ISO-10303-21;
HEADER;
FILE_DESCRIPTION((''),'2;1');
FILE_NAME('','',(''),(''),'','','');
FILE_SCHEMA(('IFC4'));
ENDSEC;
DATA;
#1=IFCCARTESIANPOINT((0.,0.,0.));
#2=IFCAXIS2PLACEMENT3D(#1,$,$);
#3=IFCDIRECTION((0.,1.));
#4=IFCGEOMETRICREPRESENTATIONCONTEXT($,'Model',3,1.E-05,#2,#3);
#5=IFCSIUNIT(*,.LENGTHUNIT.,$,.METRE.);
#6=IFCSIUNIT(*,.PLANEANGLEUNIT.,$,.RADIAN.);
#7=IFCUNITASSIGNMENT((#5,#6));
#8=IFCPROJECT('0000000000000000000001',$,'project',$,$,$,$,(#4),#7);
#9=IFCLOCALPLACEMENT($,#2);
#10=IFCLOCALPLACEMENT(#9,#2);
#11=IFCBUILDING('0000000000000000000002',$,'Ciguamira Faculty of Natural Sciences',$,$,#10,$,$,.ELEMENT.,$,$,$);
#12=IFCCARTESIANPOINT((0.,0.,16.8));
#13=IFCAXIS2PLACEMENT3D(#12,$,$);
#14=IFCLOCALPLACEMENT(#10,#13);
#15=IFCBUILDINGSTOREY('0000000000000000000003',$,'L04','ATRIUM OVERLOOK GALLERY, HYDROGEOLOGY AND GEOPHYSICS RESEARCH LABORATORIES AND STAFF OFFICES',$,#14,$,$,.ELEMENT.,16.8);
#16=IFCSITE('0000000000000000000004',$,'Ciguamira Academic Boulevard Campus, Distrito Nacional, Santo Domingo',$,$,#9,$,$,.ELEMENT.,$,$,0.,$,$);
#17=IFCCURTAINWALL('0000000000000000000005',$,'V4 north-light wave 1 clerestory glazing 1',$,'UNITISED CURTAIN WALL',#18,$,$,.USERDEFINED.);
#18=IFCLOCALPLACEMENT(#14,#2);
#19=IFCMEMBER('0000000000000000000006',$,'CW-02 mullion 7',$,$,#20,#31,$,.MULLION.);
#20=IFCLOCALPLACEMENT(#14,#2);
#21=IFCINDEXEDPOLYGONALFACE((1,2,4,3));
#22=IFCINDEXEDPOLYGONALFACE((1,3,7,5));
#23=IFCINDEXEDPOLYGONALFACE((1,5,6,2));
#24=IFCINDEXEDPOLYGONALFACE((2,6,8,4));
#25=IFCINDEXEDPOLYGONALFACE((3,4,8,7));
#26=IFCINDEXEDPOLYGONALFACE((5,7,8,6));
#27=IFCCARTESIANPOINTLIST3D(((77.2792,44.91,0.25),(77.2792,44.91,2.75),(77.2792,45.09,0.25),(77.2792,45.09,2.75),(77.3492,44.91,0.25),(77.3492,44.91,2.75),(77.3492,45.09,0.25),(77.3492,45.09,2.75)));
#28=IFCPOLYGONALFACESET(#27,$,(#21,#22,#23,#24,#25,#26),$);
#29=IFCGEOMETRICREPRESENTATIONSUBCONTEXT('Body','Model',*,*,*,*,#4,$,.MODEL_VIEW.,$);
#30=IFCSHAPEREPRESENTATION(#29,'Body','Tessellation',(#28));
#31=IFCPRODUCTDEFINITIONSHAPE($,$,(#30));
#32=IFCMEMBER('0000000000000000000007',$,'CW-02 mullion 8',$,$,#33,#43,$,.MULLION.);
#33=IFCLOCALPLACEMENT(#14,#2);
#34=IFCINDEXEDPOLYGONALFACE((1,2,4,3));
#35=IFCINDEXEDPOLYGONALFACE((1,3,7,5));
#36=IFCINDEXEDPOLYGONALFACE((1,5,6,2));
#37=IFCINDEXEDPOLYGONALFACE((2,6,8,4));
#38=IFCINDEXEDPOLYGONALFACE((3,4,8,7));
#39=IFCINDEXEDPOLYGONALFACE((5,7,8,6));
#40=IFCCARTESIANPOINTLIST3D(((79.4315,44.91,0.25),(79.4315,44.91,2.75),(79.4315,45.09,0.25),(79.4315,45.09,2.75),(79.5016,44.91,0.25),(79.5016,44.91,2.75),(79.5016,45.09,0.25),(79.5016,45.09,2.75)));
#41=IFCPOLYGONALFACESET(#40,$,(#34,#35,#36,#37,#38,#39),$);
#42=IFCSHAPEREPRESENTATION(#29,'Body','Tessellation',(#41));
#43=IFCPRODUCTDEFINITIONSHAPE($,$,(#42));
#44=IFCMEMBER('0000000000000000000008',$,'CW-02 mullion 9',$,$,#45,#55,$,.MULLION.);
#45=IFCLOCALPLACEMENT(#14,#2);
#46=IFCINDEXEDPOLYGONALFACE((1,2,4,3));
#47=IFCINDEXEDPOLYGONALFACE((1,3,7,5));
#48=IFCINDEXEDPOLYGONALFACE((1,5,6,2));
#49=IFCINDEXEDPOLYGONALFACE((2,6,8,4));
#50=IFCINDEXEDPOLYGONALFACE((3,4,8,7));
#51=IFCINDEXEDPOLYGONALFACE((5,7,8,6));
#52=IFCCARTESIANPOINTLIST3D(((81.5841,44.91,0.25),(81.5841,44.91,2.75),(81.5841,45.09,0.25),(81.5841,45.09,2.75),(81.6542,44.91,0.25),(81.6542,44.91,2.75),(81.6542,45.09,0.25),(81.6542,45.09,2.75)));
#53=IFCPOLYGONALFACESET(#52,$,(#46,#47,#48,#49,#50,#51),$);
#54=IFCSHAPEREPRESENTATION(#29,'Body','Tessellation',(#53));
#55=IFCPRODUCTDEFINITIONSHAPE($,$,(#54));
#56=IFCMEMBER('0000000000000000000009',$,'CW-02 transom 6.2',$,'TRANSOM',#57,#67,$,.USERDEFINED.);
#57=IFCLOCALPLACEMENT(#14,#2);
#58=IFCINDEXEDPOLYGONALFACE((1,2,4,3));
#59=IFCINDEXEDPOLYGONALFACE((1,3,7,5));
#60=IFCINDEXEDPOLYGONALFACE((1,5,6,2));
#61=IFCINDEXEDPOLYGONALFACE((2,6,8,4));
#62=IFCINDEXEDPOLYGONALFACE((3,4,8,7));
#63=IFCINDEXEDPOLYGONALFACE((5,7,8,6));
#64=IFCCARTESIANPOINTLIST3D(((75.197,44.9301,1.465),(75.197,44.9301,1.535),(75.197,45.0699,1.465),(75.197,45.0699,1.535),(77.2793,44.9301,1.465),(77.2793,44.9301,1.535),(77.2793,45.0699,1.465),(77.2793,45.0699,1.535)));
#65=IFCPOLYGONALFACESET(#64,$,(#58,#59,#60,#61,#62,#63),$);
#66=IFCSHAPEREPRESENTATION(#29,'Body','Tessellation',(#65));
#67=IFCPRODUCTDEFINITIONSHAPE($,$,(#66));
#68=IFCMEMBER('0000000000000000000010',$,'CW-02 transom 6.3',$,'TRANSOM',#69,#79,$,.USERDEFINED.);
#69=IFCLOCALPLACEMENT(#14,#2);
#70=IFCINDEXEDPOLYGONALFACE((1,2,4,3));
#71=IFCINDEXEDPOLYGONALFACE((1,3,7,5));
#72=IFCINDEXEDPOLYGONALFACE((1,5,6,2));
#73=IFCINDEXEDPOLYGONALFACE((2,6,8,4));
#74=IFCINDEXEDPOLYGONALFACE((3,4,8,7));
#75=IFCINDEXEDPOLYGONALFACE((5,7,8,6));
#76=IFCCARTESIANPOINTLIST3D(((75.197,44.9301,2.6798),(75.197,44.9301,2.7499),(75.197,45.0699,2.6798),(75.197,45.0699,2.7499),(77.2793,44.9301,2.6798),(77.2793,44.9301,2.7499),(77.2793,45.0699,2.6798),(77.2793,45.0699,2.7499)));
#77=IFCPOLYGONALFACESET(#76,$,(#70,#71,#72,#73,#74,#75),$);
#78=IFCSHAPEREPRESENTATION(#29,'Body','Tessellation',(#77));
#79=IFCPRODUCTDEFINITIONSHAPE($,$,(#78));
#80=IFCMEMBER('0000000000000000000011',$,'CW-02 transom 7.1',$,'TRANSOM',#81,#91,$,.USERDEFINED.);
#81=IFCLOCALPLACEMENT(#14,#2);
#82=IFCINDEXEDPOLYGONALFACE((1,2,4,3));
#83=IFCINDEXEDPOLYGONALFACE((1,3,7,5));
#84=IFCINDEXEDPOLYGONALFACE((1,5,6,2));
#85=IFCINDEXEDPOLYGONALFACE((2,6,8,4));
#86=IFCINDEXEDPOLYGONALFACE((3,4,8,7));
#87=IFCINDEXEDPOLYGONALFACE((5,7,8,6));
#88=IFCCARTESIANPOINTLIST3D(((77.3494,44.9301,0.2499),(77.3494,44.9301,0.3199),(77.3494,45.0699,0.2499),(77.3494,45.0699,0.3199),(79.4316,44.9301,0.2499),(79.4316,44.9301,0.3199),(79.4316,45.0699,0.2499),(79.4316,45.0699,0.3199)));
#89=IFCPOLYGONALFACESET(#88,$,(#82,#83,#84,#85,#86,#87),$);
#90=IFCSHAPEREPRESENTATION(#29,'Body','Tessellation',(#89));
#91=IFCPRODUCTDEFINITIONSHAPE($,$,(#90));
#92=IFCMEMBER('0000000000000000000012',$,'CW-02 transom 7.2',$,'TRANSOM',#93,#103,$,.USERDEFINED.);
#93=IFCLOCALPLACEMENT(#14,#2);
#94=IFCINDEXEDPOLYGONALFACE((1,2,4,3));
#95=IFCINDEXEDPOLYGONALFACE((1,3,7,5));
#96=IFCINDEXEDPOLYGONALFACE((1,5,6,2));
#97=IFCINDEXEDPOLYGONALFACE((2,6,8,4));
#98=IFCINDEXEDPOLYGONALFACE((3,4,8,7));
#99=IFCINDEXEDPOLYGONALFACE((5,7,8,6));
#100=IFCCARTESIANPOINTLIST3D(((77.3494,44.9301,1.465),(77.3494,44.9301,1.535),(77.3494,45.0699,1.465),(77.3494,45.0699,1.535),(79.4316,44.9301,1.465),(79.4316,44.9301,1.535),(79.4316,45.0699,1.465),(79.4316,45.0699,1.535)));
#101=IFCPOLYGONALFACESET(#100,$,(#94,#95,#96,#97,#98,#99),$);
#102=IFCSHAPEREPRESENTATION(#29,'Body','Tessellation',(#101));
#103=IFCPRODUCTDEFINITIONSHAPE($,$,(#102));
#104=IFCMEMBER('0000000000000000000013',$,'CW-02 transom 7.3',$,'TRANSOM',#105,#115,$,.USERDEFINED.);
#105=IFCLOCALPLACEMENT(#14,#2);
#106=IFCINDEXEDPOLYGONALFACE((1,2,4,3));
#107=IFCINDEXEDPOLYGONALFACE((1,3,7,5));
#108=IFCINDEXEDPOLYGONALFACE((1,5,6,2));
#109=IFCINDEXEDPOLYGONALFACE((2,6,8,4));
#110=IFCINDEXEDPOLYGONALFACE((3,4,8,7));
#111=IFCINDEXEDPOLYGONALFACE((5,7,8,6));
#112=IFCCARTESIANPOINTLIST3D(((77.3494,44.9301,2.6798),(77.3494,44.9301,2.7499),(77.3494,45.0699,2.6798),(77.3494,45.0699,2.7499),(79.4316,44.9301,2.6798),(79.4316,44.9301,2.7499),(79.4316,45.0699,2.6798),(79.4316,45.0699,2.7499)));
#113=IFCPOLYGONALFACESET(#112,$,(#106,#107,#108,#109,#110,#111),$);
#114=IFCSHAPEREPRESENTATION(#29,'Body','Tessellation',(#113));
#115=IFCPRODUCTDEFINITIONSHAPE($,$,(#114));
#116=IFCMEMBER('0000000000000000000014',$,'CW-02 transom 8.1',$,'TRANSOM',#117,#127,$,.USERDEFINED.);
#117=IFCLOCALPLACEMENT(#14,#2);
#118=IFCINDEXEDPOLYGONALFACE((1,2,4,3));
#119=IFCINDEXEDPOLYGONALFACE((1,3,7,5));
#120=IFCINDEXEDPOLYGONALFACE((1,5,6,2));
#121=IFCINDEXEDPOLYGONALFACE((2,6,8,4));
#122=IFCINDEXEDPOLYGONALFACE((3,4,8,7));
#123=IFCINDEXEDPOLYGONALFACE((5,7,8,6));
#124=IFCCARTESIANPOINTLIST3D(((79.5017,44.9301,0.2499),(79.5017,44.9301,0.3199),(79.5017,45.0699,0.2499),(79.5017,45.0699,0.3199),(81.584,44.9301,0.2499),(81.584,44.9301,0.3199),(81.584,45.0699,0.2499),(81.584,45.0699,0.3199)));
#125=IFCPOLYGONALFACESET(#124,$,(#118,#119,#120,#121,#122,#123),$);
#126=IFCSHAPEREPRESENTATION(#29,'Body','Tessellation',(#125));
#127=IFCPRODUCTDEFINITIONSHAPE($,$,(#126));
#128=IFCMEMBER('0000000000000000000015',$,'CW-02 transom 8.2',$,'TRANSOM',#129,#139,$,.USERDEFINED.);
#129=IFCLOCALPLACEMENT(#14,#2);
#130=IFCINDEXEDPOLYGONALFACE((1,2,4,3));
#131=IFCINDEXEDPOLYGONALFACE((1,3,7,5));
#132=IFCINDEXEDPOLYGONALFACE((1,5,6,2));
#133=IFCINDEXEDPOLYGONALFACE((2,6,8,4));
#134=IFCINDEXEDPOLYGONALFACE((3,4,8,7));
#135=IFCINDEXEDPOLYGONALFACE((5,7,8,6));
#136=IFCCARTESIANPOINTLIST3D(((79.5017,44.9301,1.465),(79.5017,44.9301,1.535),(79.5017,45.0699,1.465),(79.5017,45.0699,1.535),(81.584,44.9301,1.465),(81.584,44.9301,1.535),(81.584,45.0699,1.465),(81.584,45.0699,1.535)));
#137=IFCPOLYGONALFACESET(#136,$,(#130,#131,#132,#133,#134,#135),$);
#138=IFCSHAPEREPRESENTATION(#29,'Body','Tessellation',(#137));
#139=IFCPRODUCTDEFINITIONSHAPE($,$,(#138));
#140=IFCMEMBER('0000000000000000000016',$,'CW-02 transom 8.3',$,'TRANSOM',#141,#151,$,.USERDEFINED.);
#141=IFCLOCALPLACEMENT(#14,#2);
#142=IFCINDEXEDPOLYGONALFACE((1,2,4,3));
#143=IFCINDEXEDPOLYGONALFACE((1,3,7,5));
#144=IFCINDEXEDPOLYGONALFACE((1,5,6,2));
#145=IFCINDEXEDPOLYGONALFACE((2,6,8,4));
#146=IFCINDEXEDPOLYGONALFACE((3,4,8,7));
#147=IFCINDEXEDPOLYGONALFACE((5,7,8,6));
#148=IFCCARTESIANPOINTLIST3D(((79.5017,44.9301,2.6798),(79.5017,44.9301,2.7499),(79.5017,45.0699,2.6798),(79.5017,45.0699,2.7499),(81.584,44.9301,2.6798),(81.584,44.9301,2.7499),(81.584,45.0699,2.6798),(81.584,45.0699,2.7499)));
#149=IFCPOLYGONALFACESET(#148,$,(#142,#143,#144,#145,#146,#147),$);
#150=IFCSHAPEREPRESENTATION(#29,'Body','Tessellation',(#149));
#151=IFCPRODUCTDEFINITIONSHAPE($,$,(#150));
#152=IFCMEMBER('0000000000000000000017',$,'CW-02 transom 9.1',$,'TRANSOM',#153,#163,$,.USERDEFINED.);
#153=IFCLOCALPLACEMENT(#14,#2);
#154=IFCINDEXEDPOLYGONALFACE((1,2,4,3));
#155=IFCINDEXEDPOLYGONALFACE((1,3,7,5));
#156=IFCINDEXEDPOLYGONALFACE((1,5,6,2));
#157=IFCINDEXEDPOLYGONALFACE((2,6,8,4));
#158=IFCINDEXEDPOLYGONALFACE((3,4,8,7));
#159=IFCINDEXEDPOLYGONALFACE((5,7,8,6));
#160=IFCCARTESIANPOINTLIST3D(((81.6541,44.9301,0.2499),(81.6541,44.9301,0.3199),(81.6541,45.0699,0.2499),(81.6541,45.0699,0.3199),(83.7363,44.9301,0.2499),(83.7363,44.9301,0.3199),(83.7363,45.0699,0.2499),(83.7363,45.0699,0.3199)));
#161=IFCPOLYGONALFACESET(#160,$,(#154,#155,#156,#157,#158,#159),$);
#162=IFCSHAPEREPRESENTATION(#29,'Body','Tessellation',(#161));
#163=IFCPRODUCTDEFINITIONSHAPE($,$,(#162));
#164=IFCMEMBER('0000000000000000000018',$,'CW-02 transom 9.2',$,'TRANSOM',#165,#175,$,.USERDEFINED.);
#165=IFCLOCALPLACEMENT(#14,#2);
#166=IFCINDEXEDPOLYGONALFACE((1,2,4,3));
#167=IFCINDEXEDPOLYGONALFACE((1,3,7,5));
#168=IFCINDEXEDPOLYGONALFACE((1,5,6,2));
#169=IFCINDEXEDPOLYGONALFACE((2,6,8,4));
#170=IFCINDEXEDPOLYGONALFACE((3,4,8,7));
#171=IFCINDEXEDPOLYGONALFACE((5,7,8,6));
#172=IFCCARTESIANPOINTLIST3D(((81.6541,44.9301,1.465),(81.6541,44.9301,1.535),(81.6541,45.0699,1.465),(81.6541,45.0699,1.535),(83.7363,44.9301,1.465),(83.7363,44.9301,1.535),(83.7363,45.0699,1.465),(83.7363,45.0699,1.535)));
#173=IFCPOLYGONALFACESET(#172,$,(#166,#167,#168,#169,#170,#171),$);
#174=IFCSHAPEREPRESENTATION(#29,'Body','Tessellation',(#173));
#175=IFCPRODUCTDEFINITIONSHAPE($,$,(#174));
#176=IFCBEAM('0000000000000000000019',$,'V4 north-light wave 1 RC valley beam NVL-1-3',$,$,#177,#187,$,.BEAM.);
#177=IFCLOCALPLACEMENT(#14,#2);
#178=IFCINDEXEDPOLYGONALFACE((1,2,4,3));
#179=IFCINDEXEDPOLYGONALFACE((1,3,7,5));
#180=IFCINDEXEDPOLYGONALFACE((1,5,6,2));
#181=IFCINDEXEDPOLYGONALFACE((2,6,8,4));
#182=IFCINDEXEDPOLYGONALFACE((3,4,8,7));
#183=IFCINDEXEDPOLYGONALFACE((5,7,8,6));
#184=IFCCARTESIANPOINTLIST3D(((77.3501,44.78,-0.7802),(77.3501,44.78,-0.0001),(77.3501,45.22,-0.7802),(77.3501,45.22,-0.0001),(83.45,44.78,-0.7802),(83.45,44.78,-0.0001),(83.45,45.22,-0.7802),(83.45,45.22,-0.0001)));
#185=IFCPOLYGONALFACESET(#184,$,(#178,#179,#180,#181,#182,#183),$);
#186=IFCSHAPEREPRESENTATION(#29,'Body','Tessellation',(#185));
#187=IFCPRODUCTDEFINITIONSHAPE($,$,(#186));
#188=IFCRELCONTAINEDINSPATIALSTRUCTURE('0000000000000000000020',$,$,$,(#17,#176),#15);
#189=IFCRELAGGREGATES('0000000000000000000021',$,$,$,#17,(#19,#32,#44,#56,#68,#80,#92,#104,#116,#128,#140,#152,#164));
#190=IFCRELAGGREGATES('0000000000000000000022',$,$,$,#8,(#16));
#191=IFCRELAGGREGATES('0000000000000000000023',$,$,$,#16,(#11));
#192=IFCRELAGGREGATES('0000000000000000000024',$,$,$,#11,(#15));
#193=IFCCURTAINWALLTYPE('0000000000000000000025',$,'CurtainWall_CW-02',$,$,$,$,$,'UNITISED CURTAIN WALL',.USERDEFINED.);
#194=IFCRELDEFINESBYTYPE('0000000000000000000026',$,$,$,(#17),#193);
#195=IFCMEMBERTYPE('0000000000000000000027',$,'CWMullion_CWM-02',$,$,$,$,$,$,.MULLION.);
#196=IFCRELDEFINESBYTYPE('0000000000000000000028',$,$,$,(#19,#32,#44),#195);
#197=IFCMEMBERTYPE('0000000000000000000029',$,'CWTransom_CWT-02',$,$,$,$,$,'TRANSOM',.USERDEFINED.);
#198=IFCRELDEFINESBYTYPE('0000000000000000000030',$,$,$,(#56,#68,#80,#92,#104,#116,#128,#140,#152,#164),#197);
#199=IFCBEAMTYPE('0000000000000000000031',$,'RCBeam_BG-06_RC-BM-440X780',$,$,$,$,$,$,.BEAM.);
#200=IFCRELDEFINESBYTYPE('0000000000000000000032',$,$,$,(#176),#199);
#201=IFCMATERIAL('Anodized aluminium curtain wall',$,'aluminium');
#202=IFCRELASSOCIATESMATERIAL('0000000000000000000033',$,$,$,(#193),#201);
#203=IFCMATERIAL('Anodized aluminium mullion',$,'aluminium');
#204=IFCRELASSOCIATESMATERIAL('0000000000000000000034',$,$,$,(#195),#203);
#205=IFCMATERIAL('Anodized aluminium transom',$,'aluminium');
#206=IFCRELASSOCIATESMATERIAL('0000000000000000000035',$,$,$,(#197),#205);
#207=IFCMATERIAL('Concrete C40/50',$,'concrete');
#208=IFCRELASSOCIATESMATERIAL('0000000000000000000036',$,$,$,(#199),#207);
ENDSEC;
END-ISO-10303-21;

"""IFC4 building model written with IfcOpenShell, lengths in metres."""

from ifc_helpers import new_model, si_unit, direction, frame, origin, origin_2d, place, context, subcontext, project, spatial, rectangle, extrude, material, material_profile, profile_set, type_object, element, aggregate, save


model = new_model("IFC4")

# Units and contexts
model_context = context("Model", 3, precision=1e-05, world=origin(), true_north=direction((0.0, 1.0)))
body_context = subcontext(model_context, "Body", "Model", "MODEL_VIEW")
ifc_project = project(units=[si_unit("LENGTHUNIT", "METRE"), si_unit("PLANEANGLEUNIT", "RADIAN")], contexts=[model_context])

# Site, building, storey
site_placement = place(None, origin())
site = spatial("IfcSite", under=ifc_project, at=site_placement, Name="Ciguamira Academic Boulevard Campus, Distrito Nacional, Santo Domingo", CompositionType="ELEMENT", RefElevation=0.0)
building_placement = place(site_placement, origin())
building = spatial("IfcBuilding", under=site, at=building_placement, Name="Ciguamira Faculty of Natural Sciences", CompositionType="ELEMENT")
storey_placement = place(building_placement, frame((0.0, 0.0, 16.8)))
storey = spatial("IfcBuildingStorey", under=building, at=storey_placement, Name="L04", Description="ATRIUM OVERLOOK GALLERY, HYDROGEOLOGY AND GEOPHYSICS RESEARCH LABORATORIES AND STAFF OFFICES", CompositionType="ELEMENT", Elevation=16.8)

# Curtain wall, members
ifc_material_1 = material(Name="Anodized aluminium curtain wall", Category="aluminium")
curtain_wall_type = type_object("IfcCurtainWallType", Name="CurtainWall_CW-02", ElementType="UNITISED CURTAIN WALL", PredefinedType="USERDEFINED", material=ifc_material_1)
curtain_wall_placement = place(storey_placement, origin())
curtain_wall = element("IfcCurtainWall", 1, at=curtain_wall_placement, inside=storey, type_object=curtain_wall_type, Name="V4 north-light wave 1 clerestory glazing 1", ObjectType="UNITISED CURTAIN WALL", PredefinedType="USERDEFINED")
ifc_material_2 = material(Name="Anodized aluminium mullion", Category="aluminium")
ifc_material_profile_1 = material_profile(ifc_material_2, rectangle(XDim=0.0701, YDim=0.1799, at=origin_2d()), Name="ALU-MUL-70X180")
ifc_profile_set_1 = profile_set([ifc_material_profile_1], Name="Anodized aluminium mullion")
member_type_1 = type_object("IfcMemberType", Name="CWMullion_CWM-02", PredefinedType="MULLION", material=ifc_profile_set_1)
member_1_placement = place(storey_placement, frame((77.3142, 45.0, 0.25), z_axis=(0.0, 0.0, 1.0), x_axis=(1.0, 0.0, 0.0)))
member_1 = element("IfcMember", 2, at=member_1_placement, type_object=member_type_1, Name="CW-02 mullion 7", PredefinedType="MULLION", context=body_context, shape_type="SweptSolid", body=[
    extrude(rectangle(XDim=0.0701, YDim=0.1799, at=origin_2d()), origin(), (0.0, 0.0, 1.0), 2.5),
])
member_2_placement = place(storey_placement, frame((79.4666, 45.0, 0.25), z_axis=(0.0, 0.0, 1.0), x_axis=(1.0, 0.0, 0.0)))
member_2 = element("IfcMember", 3, at=member_2_placement, type_object=member_type_1, Name="CW-02 mullion 8", PredefinedType="MULLION", context=body_context, shape_type="SweptSolid", body=[
    extrude(rectangle(XDim=0.0701, YDim=0.1799, at=origin_2d()), origin(), (0.0, 0.0, 1.0), 2.5),
])
member_3_placement = place(storey_placement, frame((81.6191, 45.0, 0.25), z_axis=(0.0, 0.0, 1.0), x_axis=(1.0, 0.0, 0.0)))
member_3 = element("IfcMember", 4, at=member_3_placement, type_object=member_type_1, Name="CW-02 mullion 9", PredefinedType="MULLION", context=body_context, shape_type="SweptSolid", body=[
    extrude(rectangle(XDim=0.0701, YDim=0.1799, at=origin_2d()), origin(), (0.0, 0.0, 1.0), 2.5),
])
ifc_material_3 = material(Name="Anodized aluminium transom", Category="aluminium")
ifc_material_profile_2 = material_profile(ifc_material_3, rectangle(XDim=0.0701, YDim=0.1399, at=origin_2d()), Name="ALU-TRN-70X140")
ifc_profile_set_2 = profile_set([ifc_material_profile_2], Name="Anodized aluminium transom")
member_type_2 = type_object("IfcMemberType", Name="CWTransom_CWT-02", ElementType="TRANSOM", PredefinedType="USERDEFINED", material=ifc_profile_set_2)
member_4_placement = place(storey_placement, frame((75.197, 45.0, 1.5), z_axis=(1.0, 0.0, 0.0), x_axis=(0.0, 0.0, 1.0)))
member_4 = element("IfcMember", 5, at=member_4_placement, type_object=member_type_2, Name="CW-02 transom 6.2", ObjectType="TRANSOM", PredefinedType="USERDEFINED", context=body_context, shape_type="SweptSolid", body=[
    extrude(rectangle(XDim=0.0701, YDim=0.1399, at=origin_2d()), origin(), (0.0, 0.0, 1.0), 2.0823),
])
member_5_placement = place(storey_placement, frame((75.197, 45.0, 2.7148), z_axis=(1.0, 0.0, 0.0), x_axis=(0.0, 0.0, 1.0)))
member_5 = element("IfcMember", 6, at=member_5_placement, type_object=member_type_2, Name="CW-02 transom 6.3", ObjectType="TRANSOM", PredefinedType="USERDEFINED", context=body_context, shape_type="SweptSolid", body=[
    extrude(rectangle(XDim=0.0701, YDim=0.1399, at=origin_2d()), origin(), (0.0, 0.0, 1.0), 2.0823),
])
member_6_placement = place(storey_placement, frame((77.3494, 45.0, 0.2849), z_axis=(1.0, 0.0, 0.0), x_axis=(0.0, 0.0, 1.0)))
member_6 = element("IfcMember", 7, at=member_6_placement, type_object=member_type_2, Name="CW-02 transom 7.1", ObjectType="TRANSOM", PredefinedType="USERDEFINED", context=body_context, shape_type="SweptSolid", body=[
    extrude(rectangle(XDim=0.0701, YDim=0.1399, at=origin_2d()), origin(), (0.0, 0.0, 1.0), 2.0823),
])
member_7_placement = place(storey_placement, frame((77.3494, 45.0, 1.5), z_axis=(1.0, 0.0, 0.0), x_axis=(0.0, 0.0, 1.0)))
member_7 = element("IfcMember", 8, at=member_7_placement, type_object=member_type_2, Name="CW-02 transom 7.2", ObjectType="TRANSOM", PredefinedType="USERDEFINED", context=body_context, shape_type="SweptSolid", body=[
    extrude(rectangle(XDim=0.0701, YDim=0.1399, at=origin_2d()), origin(), (0.0, 0.0, 1.0), 2.0823),
])
member_8_placement = place(storey_placement, frame((77.3494, 45.0, 2.7148), z_axis=(1.0, 0.0, 0.0), x_axis=(0.0, 0.0, 1.0)))
member_8 = element("IfcMember", 9, at=member_8_placement, type_object=member_type_2, Name="CW-02 transom 7.3", ObjectType="TRANSOM", PredefinedType="USERDEFINED", context=body_context, shape_type="SweptSolid", body=[
    extrude(rectangle(XDim=0.0701, YDim=0.1399, at=origin_2d()), origin(), (0.0, 0.0, 1.0), 2.0823),
])
member_9_placement = place(storey_placement, frame((79.5017, 45.0, 0.2849), z_axis=(1.0, 0.0, 0.0), x_axis=(0.0, 0.0, 1.0)))
member_9 = element("IfcMember", 10, at=member_9_placement, type_object=member_type_2, Name="CW-02 transom 8.1", ObjectType="TRANSOM", PredefinedType="USERDEFINED", context=body_context, shape_type="SweptSolid", body=[
    extrude(rectangle(XDim=0.0701, YDim=0.1399, at=origin_2d()), origin(), (0.0, 0.0, 1.0), 2.0823),
])
member_10_placement = place(storey_placement, frame((79.5017, 45.0, 1.5), z_axis=(1.0, 0.0, 0.0), x_axis=(0.0, 0.0, 1.0)))
member_10 = element("IfcMember", 11, at=member_10_placement, type_object=member_type_2, Name="CW-02 transom 8.2", ObjectType="TRANSOM", PredefinedType="USERDEFINED", context=body_context, shape_type="SweptSolid", body=[
    extrude(rectangle(XDim=0.0701, YDim=0.1399, at=origin_2d()), origin(), (0.0, 0.0, 1.0), 2.0823),
])
member_11_placement = place(storey_placement, frame((79.5017, 45.0, 2.7148), z_axis=(1.0, 0.0, 0.0), x_axis=(0.0, 0.0, 1.0)))
member_11 = element("IfcMember", 12, at=member_11_placement, type_object=member_type_2, Name="CW-02 transom 8.3", ObjectType="TRANSOM", PredefinedType="USERDEFINED", context=body_context, shape_type="SweptSolid", body=[
    extrude(rectangle(XDim=0.0701, YDim=0.1399, at=origin_2d()), origin(), (0.0, 0.0, 1.0), 2.0823),
])
member_12_placement = place(storey_placement, frame((81.6541, 45.0, 0.2849), z_axis=(1.0, 0.0, 0.0), x_axis=(0.0, 0.0, 1.0)))
member_12 = element("IfcMember", 13, at=member_12_placement, type_object=member_type_2, Name="CW-02 transom 9.1", ObjectType="TRANSOM", PredefinedType="USERDEFINED", context=body_context, shape_type="SweptSolid", body=[
    extrude(rectangle(XDim=0.0701, YDim=0.1399, at=origin_2d()), origin(), (0.0, 0.0, 1.0), 2.0823),
])
member_13_placement = place(storey_placement, frame((81.6541, 45.0, 1.5), z_axis=(1.0, 0.0, 0.0), x_axis=(0.0, 0.0, 1.0)))
member_13 = element("IfcMember", 14, at=member_13_placement, type_object=member_type_2, Name="CW-02 transom 9.2", ObjectType="TRANSOM", PredefinedType="USERDEFINED", context=body_context, shape_type="SweptSolid", body=[
    extrude(rectangle(XDim=0.0701, YDim=0.1399, at=origin_2d()), origin(), (0.0, 0.0, 1.0), 2.0823),
])

# Beam
ifc_material_4 = material(Name="Concrete C40/50", Category="concrete")
ifc_material_profile_3 = material_profile(ifc_material_4, rectangle(XDim=0.4399, YDim=0.78, at=origin_2d()), Name="RC-BM-440X780")
ifc_profile_set_3 = profile_set([ifc_material_profile_3], Name="Concrete C40/50")
beam_type = type_object("IfcBeamType", Name="RCBeam_BG-06_RC-BM-440X780", PredefinedType="BEAM", material=ifc_profile_set_3)
beam_placement = place(storey_placement, frame((77.3501, 45.0, -0.3901), z_axis=(1.0, 0.0, 0.0), x_axis=(0.0, 1.0, 0.0)))
element("IfcBeam", 15, at=beam_placement, inside=storey, type_object=beam_type, Name="V4 north-light wave 1 RC valley beam NVL-1-3", PredefinedType="BEAM", context=body_context, shape_type="SweptSolid", body=[
    extrude(rectangle(XDim=0.4399, YDim=0.78, at=origin_2d()), origin(), (0.0, 0.0, 1.0), 6.0999),
])

aggregate(curtain_wall, [member_1, member_2, member_3, member_4, member_5, member_6, member_7, member_8, member_9, member_10, member_11, member_12, member_13])

save(model, "model.ifc")
